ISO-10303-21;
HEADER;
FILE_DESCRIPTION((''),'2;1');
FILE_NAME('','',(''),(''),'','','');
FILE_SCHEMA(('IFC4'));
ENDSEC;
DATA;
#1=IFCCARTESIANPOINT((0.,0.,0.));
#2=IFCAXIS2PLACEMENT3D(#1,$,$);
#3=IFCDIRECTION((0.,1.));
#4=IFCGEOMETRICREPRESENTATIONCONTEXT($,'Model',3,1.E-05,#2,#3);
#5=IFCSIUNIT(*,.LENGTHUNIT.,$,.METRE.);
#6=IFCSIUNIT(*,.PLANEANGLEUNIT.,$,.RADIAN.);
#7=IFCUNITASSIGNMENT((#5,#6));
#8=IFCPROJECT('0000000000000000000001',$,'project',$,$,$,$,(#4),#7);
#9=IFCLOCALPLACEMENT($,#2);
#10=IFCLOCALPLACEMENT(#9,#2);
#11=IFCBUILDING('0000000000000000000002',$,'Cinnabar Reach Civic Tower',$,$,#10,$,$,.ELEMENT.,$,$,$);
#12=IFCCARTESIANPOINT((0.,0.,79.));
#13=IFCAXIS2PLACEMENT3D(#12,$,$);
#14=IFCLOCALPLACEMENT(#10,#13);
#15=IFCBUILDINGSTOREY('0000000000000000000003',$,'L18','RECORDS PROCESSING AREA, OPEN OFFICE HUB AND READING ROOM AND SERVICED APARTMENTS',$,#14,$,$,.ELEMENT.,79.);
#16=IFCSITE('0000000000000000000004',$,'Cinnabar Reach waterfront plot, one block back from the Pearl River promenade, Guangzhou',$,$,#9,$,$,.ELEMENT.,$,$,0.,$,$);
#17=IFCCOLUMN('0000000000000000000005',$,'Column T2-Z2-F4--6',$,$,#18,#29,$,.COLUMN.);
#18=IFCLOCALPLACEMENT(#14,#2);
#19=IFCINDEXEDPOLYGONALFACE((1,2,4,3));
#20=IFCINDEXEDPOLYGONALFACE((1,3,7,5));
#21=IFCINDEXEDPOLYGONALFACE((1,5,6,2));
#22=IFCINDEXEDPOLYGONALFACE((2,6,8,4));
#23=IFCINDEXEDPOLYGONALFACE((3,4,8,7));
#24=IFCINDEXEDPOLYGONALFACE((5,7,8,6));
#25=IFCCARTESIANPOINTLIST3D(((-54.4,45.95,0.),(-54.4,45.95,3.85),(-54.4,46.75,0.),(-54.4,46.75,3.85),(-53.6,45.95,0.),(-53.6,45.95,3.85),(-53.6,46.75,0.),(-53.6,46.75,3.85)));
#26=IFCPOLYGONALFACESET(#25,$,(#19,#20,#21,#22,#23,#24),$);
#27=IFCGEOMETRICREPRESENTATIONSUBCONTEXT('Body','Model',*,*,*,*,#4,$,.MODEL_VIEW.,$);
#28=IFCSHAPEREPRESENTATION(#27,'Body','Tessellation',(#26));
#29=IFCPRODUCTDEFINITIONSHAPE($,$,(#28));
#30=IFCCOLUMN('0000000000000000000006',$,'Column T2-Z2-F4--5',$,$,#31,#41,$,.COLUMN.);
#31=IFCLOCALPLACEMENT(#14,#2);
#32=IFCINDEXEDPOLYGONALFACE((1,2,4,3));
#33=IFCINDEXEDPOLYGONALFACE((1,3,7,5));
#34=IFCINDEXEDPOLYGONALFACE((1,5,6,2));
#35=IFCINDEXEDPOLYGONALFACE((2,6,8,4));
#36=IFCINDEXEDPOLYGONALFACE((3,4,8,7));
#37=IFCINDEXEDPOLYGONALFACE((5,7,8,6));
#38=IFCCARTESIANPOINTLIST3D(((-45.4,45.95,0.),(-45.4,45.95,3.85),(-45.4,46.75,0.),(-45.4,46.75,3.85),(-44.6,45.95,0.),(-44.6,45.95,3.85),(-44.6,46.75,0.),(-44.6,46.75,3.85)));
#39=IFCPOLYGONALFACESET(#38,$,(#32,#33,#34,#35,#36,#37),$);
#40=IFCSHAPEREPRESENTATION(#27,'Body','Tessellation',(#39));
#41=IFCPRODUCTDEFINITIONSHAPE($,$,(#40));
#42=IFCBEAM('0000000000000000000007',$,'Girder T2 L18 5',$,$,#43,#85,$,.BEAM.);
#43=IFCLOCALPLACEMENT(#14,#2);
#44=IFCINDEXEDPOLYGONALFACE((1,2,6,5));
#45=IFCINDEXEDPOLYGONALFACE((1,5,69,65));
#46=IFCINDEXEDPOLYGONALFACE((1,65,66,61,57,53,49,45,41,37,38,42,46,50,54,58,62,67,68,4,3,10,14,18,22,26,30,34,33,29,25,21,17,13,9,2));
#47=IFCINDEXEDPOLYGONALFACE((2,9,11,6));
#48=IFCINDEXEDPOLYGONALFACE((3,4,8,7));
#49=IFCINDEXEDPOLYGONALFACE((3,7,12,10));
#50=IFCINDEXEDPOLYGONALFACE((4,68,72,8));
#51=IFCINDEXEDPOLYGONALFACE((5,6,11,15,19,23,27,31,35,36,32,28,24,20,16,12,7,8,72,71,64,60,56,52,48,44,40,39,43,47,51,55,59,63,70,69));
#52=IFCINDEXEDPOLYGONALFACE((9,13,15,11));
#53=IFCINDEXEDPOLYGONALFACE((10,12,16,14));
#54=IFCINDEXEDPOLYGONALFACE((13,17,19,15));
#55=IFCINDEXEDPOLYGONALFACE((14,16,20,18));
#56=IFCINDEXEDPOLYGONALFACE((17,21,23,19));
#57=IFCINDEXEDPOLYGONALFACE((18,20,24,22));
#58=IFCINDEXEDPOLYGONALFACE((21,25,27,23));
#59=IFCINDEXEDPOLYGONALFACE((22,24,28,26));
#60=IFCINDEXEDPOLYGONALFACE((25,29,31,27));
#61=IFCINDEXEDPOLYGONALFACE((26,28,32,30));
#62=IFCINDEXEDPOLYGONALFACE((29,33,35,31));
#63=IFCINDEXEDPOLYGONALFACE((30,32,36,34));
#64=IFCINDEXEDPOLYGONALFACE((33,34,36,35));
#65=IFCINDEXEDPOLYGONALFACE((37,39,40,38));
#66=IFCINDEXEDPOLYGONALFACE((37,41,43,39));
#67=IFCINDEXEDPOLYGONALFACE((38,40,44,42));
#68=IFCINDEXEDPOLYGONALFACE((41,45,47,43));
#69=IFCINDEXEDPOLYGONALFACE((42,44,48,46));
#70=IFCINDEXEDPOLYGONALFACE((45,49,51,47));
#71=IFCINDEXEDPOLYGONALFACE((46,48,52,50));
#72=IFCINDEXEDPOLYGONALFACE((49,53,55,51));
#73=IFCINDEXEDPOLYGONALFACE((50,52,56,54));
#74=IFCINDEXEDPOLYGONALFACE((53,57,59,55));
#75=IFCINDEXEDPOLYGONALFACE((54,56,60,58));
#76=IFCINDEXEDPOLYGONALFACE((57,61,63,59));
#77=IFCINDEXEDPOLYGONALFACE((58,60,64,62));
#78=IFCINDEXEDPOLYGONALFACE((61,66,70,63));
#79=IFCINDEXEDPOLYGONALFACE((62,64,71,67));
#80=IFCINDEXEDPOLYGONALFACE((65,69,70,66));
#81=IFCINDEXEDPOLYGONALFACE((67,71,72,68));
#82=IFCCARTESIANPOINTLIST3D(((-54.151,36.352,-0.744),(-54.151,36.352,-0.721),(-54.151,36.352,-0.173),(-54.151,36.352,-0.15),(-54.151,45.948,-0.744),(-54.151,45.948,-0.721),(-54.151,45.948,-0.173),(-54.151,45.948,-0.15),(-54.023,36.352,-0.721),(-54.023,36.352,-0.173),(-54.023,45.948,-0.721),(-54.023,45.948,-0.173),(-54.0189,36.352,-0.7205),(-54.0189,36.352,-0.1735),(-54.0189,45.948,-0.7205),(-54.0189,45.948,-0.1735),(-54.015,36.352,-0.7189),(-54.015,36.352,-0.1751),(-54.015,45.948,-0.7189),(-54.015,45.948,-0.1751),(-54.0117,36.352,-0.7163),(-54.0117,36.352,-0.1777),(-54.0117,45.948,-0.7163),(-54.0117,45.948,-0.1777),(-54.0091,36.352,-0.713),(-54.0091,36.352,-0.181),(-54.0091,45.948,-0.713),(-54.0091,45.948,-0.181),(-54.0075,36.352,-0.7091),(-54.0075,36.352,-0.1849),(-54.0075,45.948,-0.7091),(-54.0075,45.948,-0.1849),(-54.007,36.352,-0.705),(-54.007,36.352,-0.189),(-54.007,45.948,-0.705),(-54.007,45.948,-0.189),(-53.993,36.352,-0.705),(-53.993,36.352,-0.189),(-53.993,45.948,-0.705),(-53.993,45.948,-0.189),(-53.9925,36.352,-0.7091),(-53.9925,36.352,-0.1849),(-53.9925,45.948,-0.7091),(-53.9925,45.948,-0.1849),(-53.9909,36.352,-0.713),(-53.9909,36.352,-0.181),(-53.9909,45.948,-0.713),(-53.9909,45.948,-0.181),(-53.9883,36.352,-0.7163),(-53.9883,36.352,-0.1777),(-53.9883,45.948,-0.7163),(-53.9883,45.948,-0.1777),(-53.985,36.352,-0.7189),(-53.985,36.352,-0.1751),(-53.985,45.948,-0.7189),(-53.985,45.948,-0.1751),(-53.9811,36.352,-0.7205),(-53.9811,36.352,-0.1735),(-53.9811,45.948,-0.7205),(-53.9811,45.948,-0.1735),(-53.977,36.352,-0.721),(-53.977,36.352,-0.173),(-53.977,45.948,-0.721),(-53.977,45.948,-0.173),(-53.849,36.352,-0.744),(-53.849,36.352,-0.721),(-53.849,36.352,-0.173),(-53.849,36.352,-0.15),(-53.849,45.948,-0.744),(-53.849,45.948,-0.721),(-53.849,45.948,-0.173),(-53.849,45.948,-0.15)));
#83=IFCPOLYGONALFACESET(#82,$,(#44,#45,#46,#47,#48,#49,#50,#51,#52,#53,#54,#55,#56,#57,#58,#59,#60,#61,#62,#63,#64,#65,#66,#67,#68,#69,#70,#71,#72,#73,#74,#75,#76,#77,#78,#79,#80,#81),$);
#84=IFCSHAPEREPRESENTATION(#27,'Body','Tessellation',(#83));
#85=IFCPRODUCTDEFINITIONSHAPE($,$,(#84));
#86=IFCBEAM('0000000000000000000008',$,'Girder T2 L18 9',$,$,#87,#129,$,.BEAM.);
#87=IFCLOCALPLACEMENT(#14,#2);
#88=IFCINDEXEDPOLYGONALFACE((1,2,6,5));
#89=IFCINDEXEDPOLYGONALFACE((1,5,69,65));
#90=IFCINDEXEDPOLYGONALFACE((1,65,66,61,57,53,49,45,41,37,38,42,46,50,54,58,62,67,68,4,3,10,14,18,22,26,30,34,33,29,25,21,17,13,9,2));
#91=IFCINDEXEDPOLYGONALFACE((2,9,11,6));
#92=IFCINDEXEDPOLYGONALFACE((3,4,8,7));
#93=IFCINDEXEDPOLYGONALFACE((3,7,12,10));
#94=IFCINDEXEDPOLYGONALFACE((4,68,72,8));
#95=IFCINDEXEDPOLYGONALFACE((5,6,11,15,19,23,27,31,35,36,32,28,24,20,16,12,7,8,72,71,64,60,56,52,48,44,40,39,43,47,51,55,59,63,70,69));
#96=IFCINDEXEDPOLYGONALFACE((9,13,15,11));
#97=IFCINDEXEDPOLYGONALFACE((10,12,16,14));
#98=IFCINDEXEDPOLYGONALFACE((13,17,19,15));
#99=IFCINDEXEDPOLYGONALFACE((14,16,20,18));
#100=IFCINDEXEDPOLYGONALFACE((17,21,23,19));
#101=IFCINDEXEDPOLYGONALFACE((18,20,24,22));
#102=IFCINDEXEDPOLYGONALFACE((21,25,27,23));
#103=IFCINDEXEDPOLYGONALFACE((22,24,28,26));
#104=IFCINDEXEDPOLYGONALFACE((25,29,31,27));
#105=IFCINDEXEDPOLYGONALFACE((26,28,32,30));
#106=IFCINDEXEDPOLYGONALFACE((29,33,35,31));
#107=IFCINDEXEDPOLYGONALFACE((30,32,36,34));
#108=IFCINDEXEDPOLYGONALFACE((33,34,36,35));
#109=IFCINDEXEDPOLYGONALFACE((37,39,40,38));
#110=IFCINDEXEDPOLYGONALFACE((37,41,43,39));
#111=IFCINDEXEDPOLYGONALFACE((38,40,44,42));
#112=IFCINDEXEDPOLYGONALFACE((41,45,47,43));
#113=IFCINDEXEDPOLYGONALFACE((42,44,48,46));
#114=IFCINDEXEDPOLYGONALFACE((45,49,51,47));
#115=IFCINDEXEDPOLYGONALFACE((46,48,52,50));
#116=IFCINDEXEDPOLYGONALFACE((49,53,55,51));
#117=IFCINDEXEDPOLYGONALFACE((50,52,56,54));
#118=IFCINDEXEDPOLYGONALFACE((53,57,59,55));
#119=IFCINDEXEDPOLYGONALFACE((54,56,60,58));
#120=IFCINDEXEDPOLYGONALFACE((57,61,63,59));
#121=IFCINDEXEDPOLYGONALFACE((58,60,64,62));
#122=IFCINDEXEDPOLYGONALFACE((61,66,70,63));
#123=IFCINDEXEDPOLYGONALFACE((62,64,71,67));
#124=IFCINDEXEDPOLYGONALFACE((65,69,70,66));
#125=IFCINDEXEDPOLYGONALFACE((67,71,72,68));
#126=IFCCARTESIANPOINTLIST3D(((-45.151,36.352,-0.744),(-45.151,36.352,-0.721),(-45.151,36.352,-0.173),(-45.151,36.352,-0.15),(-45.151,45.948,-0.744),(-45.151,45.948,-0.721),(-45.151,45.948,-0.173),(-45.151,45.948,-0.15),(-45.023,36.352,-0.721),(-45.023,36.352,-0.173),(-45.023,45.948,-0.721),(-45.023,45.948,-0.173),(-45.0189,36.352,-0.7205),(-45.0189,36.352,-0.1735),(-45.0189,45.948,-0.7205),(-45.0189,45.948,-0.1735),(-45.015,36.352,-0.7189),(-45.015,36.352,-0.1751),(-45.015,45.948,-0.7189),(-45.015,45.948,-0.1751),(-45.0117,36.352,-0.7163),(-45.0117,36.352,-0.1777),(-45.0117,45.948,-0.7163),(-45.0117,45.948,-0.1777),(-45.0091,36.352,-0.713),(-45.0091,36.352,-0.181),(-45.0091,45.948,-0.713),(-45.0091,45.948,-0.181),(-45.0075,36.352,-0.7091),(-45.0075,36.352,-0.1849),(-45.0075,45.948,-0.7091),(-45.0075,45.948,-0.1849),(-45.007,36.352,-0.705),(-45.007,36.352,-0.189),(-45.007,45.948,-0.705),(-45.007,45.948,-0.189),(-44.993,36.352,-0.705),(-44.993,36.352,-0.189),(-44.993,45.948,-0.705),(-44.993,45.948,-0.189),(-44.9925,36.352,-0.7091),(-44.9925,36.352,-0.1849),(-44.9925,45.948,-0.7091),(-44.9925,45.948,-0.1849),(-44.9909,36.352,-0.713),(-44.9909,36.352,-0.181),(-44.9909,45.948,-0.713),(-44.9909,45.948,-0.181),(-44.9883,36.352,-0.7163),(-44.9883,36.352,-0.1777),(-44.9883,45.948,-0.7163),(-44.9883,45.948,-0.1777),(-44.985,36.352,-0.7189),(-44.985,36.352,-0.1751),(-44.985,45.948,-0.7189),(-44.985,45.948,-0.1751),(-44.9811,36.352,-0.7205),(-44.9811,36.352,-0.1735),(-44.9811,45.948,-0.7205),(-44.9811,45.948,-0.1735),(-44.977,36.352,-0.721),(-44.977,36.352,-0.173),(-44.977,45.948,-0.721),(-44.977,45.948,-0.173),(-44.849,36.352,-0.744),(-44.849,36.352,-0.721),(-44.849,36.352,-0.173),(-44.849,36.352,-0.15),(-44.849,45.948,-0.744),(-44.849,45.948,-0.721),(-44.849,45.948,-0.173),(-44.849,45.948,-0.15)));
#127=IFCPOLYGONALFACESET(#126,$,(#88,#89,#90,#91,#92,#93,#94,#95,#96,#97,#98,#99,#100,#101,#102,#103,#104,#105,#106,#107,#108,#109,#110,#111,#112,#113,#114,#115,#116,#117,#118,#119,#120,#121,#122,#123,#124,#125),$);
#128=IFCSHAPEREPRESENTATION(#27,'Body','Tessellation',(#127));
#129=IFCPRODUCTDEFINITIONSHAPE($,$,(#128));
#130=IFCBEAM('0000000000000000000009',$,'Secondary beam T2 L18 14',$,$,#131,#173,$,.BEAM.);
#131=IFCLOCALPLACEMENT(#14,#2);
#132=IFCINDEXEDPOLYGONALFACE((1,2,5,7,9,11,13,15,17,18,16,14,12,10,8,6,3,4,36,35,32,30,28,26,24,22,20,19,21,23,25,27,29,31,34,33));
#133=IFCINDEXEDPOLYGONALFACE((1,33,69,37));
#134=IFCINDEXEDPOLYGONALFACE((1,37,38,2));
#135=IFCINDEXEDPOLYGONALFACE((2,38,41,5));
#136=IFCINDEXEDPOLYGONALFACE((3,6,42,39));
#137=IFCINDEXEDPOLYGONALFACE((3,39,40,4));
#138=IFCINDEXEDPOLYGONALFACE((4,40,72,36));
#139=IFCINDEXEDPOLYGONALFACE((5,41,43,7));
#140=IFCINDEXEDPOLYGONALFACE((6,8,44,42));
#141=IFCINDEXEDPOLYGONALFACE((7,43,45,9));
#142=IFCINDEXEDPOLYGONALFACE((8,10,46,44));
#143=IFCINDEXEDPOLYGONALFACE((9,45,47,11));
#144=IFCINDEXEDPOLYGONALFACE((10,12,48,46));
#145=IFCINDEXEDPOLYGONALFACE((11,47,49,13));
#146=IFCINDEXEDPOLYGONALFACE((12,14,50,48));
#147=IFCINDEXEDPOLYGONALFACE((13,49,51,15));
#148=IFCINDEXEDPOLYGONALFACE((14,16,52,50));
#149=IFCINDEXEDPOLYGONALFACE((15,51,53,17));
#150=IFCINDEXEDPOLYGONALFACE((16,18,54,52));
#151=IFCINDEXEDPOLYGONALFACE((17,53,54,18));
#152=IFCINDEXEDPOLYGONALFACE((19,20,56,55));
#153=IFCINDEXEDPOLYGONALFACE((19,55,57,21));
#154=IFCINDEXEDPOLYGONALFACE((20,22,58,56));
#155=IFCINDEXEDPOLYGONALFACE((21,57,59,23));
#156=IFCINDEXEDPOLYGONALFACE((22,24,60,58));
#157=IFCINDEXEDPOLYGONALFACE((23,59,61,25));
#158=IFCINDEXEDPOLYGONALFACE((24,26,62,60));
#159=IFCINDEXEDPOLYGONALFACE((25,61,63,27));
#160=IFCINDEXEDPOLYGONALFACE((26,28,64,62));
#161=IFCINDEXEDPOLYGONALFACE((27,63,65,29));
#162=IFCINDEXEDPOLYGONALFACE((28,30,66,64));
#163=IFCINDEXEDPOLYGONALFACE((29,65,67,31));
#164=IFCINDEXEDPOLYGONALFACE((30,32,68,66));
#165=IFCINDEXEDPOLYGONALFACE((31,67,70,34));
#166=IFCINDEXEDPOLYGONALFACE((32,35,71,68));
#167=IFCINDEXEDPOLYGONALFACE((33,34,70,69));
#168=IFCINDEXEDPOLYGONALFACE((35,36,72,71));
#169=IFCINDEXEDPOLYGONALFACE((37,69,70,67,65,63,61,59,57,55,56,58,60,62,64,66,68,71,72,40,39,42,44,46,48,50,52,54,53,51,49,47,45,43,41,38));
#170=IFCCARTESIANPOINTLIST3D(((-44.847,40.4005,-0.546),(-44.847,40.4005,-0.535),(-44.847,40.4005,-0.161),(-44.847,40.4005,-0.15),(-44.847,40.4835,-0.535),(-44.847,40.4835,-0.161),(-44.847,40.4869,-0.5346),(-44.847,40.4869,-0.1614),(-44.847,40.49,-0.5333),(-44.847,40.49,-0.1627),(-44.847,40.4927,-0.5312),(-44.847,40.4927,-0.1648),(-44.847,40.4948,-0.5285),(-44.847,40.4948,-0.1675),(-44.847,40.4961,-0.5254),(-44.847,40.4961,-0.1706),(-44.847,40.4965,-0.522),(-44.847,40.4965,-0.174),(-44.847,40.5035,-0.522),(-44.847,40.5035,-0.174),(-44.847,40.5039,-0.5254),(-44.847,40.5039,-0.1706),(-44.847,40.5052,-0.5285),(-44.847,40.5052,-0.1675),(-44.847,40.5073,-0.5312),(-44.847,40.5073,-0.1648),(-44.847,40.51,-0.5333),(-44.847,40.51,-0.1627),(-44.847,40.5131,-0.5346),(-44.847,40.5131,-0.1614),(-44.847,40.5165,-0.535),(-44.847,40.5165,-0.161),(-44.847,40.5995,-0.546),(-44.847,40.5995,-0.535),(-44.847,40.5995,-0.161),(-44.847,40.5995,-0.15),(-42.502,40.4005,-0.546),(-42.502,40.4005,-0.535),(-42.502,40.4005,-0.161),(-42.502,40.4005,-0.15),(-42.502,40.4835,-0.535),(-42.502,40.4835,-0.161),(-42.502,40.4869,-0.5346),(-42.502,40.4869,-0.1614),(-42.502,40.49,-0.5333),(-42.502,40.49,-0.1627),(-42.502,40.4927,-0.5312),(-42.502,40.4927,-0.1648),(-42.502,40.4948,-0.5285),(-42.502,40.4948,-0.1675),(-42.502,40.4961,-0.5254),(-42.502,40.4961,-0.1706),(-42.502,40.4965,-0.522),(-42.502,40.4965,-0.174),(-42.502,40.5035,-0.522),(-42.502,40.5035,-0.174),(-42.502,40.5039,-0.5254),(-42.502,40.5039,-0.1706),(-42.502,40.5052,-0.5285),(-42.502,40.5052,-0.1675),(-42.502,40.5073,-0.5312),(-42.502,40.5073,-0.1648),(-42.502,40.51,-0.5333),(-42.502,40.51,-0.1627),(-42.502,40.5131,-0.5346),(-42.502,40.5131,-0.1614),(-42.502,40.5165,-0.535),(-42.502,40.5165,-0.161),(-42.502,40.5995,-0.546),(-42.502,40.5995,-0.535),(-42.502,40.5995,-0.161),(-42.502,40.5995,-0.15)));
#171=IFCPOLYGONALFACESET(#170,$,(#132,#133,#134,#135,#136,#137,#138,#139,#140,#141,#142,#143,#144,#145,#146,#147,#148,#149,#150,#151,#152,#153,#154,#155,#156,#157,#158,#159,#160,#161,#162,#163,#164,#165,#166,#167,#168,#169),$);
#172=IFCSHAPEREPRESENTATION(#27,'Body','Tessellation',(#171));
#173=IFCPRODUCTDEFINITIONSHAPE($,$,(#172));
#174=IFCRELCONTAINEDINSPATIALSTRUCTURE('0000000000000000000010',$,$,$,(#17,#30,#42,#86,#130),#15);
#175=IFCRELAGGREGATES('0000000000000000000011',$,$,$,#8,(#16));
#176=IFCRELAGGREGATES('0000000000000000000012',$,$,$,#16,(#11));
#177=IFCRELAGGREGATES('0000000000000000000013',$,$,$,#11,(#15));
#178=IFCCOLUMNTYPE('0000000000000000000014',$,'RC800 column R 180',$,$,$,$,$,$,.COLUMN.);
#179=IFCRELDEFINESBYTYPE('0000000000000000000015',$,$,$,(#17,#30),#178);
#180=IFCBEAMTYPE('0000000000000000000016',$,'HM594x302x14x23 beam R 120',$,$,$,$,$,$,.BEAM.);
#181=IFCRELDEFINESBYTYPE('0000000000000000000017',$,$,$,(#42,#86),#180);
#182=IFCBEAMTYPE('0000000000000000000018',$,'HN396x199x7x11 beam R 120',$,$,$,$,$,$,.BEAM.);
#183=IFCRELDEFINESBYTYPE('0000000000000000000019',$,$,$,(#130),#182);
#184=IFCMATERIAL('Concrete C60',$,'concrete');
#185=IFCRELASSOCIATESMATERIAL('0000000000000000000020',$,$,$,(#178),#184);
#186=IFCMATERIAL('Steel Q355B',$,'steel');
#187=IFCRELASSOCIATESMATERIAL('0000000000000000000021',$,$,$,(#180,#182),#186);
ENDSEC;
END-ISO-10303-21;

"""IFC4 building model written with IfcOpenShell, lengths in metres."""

from ifc_helpers import new_model, si_unit, direction, frame, origin, origin_2d, place, context, subcontext, project, spatial, rectangle, i_section, extrude, material, material_profile, profile_set, type_object, element, save


model = new_model("IFC4")

# Units and contexts
model_context = context("Model", 3, precision=1e-05, world=origin(), true_north=direction((0.0, 1.0)))
body_context = subcontext(model_context, "Body", "Model", "MODEL_VIEW")
ifc_project = project(units=[si_unit("LENGTHUNIT", "METRE"), si_unit("PLANEANGLEUNIT", "RADIAN")], contexts=[model_context])

# Site, building, storey
site_placement = place(None, origin())
site = spatial("IfcSite", under=ifc_project, at=site_placement, Name="Cinnabar Reach waterfront plot, one block back from the Pearl River promenade, Guangzhou", CompositionType="ELEMENT", RefElevation=0.0)
building_placement = place(site_placement, origin())
building = spatial("IfcBuilding", under=site, at=building_placement, Name="Cinnabar Reach Civic Tower", CompositionType="ELEMENT")
storey_placement = place(building_placement, frame((0.0, 0.0, 79.0)))
storey = spatial("IfcBuildingStorey", under=building, at=storey_placement, Name="L18", Description="RECORDS PROCESSING AREA, OPEN OFFICE HUB AND READING ROOM AND SERVICED APARTMENTS", CompositionType="ELEMENT", Elevation=79.0)

# Columns
ifc_material_1 = material(Name="Concrete C60", Category="concrete")
ifc_material_profile_1 = material_profile(ifc_material_1, rectangle(XDim=0.8, YDim=0.8, at=origin_2d()), Name="RC800")
ifc_profile_set_1 = profile_set([ifc_material_profile_1], Name="Concrete C60")
column_type = type_object("IfcColumnType", Name="RC800 column R 180", PredefinedType="COLUMN", material=ifc_profile_set_1)
for number, where, z_axis, x_axis, name in (
    (1, (-54.0, 46.35, 0.0), (0.0, 0.0, 1.0), (1.0, 0.0, 0.0), "Column T2-Z2-F4--6"),
    (2, (-45.0, 46.35, 0.0), (0.0, 0.0, 1.0), (1.0, 0.0, 0.0), "Column T2-Z2-F4--5"),
):
    element("IfcColumn", number, at=place(storey_placement, frame(where, z_axis=z_axis, x_axis=x_axis)), inside=storey, type_object=column_type, Name=name, PredefinedType="COLUMN", context=body_context, shape_type="SweptSolid", body=[
        extrude(rectangle(XDim=0.8, YDim=0.8, at=origin_2d()), origin(), (0.0, 0.0, 1.0), 3.85),
    ])

# Beams
ifc_material_2 = material(Name="Steel Q355B", Category="steel")
ifc_material_profile_2 = material_profile(ifc_material_2, i_section(OverallWidth=0.302, OverallDepth=0.594, WebThickness=0.014, FlangeThickness=0.023, FilletRadius=0.016, at=origin_2d()), Name="HM594x302x14x23")
ifc_profile_set_2 = profile_set([ifc_material_profile_2], Name="Steel Q355B")
beam_type_1 = type_object("IfcBeamType", Name="HM594x302x14x23 beam R 120", PredefinedType="BEAM", material=ifc_profile_set_2)
for number, where, z_axis, x_axis, name in (
    (3, (-54.0, 36.352, -0.447), (0.0, 1.0, 0.0), (-1.0, 0.0, 0.0), "Girder T2 L18 5"),
    (4, (-45.0, 36.352, -0.447), (0.0, 1.0, 0.0), (-1.0, 0.0, 0.0), "Girder T2 L18 9"),
):
    element("IfcBeam", number, at=place(storey_placement, frame(where, z_axis=z_axis, x_axis=x_axis)), inside=storey, type_object=beam_type_1, Name=name, PredefinedType="BEAM", context=body_context, shape_type="SweptSolid", body=[
        extrude(i_section(OverallWidth=0.302, OverallDepth=0.594, WebThickness=0.014, FlangeThickness=0.023, FilletRadius=0.016, at=origin_2d()), origin(), (0.0, 0.0, 1.0), 9.596),
    ])
ifc_material_profile_3 = material_profile(ifc_material_2, i_section(OverallWidth=0.199, OverallDepth=0.396, WebThickness=0.007, FlangeThickness=0.011, FilletRadius=0.013, at=origin_2d()), Name="HN396x199x7x11")
ifc_profile_set_3 = profile_set([ifc_material_profile_3], Name="Steel Q355B")
beam_type_2 = type_object("IfcBeamType", Name="HN396x199x7x11 beam R 120", PredefinedType="BEAM", material=ifc_profile_set_3)
beam_1_placement = place(storey_placement, frame((-44.847, 40.5, -0.348), z_axis=(1.0, 0.0, 0.0), x_axis=(0.0, 1.0, 0.0)))
element("IfcBeam", 5, at=beam_1_placement, inside=storey, type_object=beam_type_2, Name="Secondary beam T2 L18 14", PredefinedType="BEAM", context=body_context, shape_type="SweptSolid", body=[
    extrude(i_section(OverallWidth=0.199, OverallDepth=0.396, WebThickness=0.007, FlangeThickness=0.011, FilletRadius=0.013, at=origin_2d()), origin(), (0.0, 0.0, 1.0), 2.345),
])

save(model, "model.ifc")
